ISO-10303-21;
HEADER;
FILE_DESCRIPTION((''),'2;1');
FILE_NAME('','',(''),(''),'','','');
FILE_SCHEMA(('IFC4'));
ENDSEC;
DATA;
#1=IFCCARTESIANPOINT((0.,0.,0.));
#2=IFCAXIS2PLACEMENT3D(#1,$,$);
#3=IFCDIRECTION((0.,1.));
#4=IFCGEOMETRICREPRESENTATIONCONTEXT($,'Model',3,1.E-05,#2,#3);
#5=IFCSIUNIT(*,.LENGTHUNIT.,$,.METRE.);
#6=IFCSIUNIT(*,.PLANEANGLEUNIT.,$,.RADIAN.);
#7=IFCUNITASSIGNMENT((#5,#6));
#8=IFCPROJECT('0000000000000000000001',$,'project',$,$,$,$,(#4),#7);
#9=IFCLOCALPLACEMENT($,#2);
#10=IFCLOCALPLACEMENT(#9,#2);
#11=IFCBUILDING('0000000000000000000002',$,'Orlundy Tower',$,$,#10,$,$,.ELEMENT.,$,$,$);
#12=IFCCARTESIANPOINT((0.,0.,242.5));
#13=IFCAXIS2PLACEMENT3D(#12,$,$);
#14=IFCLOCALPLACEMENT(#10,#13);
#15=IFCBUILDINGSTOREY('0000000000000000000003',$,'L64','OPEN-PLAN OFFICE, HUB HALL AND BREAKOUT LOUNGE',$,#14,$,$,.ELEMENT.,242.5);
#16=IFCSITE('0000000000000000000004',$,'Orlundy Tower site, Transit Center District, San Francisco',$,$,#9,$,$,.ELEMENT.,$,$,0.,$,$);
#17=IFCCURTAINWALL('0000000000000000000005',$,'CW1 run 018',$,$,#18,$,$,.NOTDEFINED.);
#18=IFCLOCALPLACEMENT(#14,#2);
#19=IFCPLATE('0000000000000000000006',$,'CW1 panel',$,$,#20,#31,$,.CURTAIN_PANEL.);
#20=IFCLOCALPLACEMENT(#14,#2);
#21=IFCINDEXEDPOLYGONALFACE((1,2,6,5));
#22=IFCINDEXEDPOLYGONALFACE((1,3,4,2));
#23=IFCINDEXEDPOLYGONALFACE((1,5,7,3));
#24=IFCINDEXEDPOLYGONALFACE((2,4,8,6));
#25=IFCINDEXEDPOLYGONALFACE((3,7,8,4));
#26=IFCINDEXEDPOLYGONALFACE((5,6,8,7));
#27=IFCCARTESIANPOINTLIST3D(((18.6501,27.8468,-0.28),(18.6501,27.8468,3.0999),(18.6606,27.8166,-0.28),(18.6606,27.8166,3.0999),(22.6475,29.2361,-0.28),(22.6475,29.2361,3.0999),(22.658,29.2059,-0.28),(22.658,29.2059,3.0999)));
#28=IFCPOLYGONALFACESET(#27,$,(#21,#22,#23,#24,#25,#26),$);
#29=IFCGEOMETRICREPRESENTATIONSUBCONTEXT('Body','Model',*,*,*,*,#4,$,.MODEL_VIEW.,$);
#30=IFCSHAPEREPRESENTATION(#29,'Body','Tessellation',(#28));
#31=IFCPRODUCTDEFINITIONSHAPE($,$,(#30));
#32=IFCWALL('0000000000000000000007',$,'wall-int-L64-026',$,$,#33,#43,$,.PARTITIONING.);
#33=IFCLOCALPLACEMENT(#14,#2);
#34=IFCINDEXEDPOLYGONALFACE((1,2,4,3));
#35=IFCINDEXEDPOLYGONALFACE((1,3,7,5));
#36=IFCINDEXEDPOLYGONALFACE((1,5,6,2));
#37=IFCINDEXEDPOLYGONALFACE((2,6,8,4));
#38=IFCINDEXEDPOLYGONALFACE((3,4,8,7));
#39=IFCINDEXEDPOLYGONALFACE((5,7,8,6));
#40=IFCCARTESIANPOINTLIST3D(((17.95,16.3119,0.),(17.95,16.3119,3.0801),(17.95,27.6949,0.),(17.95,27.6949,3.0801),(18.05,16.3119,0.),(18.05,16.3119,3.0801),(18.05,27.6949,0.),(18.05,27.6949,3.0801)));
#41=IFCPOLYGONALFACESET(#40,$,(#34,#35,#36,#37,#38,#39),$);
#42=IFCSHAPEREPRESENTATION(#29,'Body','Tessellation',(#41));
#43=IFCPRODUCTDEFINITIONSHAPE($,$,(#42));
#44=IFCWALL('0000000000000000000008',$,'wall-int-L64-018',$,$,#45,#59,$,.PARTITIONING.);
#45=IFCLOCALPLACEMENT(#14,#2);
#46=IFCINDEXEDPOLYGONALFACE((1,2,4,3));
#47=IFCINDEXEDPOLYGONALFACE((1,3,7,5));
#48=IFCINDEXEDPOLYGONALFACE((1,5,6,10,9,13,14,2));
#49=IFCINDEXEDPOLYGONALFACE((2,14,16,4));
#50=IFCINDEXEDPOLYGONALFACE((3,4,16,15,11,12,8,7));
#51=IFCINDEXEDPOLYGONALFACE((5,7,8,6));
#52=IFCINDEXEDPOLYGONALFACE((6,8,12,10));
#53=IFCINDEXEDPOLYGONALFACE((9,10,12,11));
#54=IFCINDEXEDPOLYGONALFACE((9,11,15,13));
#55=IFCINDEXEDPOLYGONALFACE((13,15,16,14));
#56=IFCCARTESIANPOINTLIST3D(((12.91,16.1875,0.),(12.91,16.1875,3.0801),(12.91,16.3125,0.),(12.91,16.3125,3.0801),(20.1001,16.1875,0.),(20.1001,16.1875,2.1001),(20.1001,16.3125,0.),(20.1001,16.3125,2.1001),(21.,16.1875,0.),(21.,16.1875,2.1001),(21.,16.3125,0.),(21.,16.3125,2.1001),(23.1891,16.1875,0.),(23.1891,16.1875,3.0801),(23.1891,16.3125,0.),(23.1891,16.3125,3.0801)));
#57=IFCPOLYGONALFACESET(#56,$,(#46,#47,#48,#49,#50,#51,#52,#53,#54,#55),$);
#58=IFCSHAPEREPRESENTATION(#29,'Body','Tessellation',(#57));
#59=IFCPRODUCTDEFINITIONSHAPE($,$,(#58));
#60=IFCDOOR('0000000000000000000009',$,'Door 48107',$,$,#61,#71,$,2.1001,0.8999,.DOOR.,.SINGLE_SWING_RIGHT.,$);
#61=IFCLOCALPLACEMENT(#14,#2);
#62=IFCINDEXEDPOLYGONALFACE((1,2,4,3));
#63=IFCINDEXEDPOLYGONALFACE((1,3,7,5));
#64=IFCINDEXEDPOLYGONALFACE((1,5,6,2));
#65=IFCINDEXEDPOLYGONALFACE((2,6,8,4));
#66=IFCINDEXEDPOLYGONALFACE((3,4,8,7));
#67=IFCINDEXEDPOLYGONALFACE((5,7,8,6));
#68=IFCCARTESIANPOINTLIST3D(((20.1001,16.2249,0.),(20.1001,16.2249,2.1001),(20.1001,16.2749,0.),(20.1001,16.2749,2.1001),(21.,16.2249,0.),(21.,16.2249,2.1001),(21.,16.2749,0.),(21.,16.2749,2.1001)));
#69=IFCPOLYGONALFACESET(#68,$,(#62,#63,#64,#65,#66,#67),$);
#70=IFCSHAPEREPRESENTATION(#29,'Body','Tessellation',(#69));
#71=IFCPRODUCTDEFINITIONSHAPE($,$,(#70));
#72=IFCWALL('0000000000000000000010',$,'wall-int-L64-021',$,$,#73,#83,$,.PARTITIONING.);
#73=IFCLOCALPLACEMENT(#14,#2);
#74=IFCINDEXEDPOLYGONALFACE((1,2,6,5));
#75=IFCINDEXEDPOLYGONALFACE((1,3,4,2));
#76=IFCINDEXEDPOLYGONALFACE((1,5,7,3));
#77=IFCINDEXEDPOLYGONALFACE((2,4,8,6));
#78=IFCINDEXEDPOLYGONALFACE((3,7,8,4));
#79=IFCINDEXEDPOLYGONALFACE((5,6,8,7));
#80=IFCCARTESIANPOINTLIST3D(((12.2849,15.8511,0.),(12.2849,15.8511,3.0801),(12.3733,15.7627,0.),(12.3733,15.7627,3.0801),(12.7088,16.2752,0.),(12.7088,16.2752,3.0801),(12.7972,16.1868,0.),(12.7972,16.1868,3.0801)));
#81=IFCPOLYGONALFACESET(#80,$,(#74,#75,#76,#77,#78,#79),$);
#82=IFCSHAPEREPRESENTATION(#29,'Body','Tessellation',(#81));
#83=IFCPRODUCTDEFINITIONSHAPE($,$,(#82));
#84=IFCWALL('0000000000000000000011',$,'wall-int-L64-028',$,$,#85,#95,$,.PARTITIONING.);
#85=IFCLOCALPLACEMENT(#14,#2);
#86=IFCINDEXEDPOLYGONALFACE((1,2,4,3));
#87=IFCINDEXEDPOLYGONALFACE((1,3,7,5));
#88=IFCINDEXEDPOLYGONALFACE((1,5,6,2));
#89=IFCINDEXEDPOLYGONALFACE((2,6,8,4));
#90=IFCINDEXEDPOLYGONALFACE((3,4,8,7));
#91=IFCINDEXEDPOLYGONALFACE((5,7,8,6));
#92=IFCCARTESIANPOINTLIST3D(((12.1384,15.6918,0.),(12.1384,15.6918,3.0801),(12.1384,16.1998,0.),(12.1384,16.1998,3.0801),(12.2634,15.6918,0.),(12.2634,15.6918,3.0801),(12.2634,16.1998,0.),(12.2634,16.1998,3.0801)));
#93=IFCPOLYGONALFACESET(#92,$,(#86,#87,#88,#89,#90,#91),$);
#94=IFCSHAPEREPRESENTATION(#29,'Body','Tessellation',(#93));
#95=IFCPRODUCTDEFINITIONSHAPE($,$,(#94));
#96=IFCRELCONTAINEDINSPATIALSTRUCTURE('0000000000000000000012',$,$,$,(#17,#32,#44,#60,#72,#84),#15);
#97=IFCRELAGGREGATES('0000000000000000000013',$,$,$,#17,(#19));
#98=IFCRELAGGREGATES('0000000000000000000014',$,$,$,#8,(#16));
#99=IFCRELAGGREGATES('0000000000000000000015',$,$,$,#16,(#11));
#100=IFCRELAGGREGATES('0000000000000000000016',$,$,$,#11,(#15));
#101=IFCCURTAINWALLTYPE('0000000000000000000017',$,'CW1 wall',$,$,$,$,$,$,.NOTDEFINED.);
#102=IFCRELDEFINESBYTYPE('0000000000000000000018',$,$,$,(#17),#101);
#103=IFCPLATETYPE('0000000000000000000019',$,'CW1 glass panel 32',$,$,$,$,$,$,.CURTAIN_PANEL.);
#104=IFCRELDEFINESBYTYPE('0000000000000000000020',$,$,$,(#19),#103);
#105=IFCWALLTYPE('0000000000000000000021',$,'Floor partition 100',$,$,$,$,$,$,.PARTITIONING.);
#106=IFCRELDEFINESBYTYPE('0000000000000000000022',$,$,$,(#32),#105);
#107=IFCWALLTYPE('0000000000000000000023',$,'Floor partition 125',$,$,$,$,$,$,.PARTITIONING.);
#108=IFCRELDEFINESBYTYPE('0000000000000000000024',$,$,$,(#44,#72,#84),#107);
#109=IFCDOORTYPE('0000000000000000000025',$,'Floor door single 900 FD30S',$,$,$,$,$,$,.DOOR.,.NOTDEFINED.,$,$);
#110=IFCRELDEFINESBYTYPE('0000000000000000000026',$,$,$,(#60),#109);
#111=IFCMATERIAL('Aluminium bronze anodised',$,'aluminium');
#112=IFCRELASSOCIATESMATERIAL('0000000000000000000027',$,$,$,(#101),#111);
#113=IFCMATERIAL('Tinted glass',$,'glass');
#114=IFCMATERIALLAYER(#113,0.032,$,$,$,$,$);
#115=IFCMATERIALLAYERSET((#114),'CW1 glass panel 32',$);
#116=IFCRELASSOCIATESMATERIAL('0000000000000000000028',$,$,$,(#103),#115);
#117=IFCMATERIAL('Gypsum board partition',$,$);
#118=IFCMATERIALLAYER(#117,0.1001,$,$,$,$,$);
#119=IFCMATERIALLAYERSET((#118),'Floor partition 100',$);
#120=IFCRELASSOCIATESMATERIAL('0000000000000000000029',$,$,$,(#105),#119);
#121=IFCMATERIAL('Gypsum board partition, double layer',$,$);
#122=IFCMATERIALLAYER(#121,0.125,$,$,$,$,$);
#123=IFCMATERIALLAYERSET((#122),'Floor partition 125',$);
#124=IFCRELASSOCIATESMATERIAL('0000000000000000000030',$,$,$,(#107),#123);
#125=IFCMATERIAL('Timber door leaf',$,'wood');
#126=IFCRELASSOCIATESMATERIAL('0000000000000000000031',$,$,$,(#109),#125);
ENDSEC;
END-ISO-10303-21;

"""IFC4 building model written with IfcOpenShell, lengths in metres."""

from ifc_helpers import new_model, si_unit, direction, frame, frame_2d, origin, origin_2d, place, context, subcontext, project, spatial, rectangle, extrude, material, layer, layer_set, type_object, element, fill, aggregate, save


model = new_model("IFC4")

# Units and contexts
model_context = context("Model", 3, precision=1e-05, world=origin(), true_north=direction((0.0, 1.0)))
body_context = subcontext(model_context, "Body", "Model", "MODEL_VIEW")
ifc_project = project(units=[si_unit("LENGTHUNIT", "METRE"), si_unit("PLANEANGLEUNIT", "RADIAN")], contexts=[model_context])

# Site, building, storey
site_placement = place(None, origin())
site = spatial("IfcSite", under=ifc_project, at=site_placement, Name="Orlundy Tower site, Transit Center District, San Francisco", CompositionType="ELEMENT", RefElevation=0.0)
building_placement = place(site_placement, origin())
building = spatial("IfcBuilding", under=site, at=building_placement, Name="Orlundy Tower", CompositionType="ELEMENT")
storey_placement = place(building_placement, frame((0.0, 0.0, 242.5)))
storey = spatial("IfcBuildingStorey", under=building, at=storey_placement, Name="L64", Description="OPEN-PLAN OFFICE, HUB HALL AND BREAKOUT LOUNGE", CompositionType="ELEMENT", Elevation=242.5)

# Curtain wall
ifc_material_1 = material(Name="Aluminium bronze anodised", Category="aluminium")
curtain_wall_type = type_object("IfcCurtainWallType", Name="CW1 wall", PredefinedType="NOTDEFINED", material=ifc_material_1)
curtain_wall_1_placement = place(storey_placement, origin())
curtain_wall_1 = element("IfcCurtainWall", 1, at=curtain_wall_1_placement, inside=storey, type_object=curtain_wall_type, Name="CW1 run 018", PredefinedType="NOTDEFINED")

# Plate
ifc_material_2 = material(Name="Tinted glass", Category="glass")
ifc_layer_1 = layer(ifc_material_2, 0.032)
ifc_layer_set_1 = layer_set([ifc_layer_1], Name="CW1 glass panel 32")
plate_type = type_object("IfcPlateType", Name="CW1 glass panel 32", PredefinedType="CURTAIN_PANEL", material=ifc_layer_set_1)
plate_1_placement = place(storey_placement, frame((20.6541, 28.5264, -0.28), z_axis=(0.0, 0.0, 1.0), x_axis=(0.944574, 0.328298, 0.0)))
plate_1 = element("IfcPlate", 2, at=plate_1_placement, type_object=plate_type, Name="CW1 panel", PredefinedType="CURTAIN_PANEL", context=body_context, shape_type="SweptSolid", body=[
    extrude(rectangle(XDim=4.2319, YDim=0.032, at=origin_2d()), origin(), (0.0, 0.0, 1.0), 3.3799),
])
aggregate(curtain_wall_1, [plate_1])

# Wall
ifc_material_3 = material(Name="Gypsum board partition")
ifc_layer_2 = layer(ifc_material_3, 0.1001)
ifc_layer_set_2 = layer_set([ifc_layer_2], Name="Floor partition 100")
wall_type_1 = type_object("IfcWallType", Name="Floor partition 100", PredefinedType="PARTITIONING", material=ifc_layer_set_2)
wall_1_placement = place(storey_placement, frame((18.0, 16.312, 0.0), z_axis=(0.0, 0.0, 1.0), x_axis=(0.0, 1.0, 0.0)))
element("IfcWall", 3, at=wall_1_placement, inside=storey, type_object=wall_type_1, Name="wall-int-L64-026", PredefinedType="PARTITIONING", context=body_context, shape_type="SweptSolid", body=[
    extrude(rectangle(XDim=11.3831, YDim=0.1001, at=frame_2d((5.6914, 0.0))), origin(), (0.0, 0.0, 1.0), 3.0801),
])

# Wall, opening, door
ifc_material_4 = material(Name="Gypsum board partition, double layer")
ifc_layer_3 = layer(ifc_material_4, 0.125)
ifc_layer_set_3 = layer_set([ifc_layer_3], Name="Floor partition 125")
wall_type_2 = type_object("IfcWallType", Name="Floor partition 125", PredefinedType="PARTITIONING", material=ifc_layer_set_3)
wall_2_placement = place(storey_placement, frame((12.9099, 16.25, 0.0), z_axis=(0.0, 0.0, 1.0), x_axis=(1.0, 0.0, 0.0)))
wall_2 = element("IfcWall", 4, at=wall_2_placement, inside=storey, type_object=wall_type_2, Name="wall-int-L64-018", PredefinedType="PARTITIONING", context=body_context, shape_type="SweptSolid", body=[
    extrude(rectangle(XDim=10.2791, YDim=0.125, at=frame_2d((5.1396, 0.0))), origin(), (0.0, 0.0, 1.0), 3.0801),
])
opening_placement = place(wall_2_placement, frame((7.1902, 0.0, 0.0)))
opening = element("IfcOpeningElement", 5, at=opening_placement, cuts=wall_2, PredefinedType="OPENING", context=body_context, shape_type="SweptSolid", body=[
    extrude(rectangle(XDim=0.8999, YDim=2.1001, at=frame_2d((0.45, 1.05))), frame((0.0, 0.0725, 0.0), z_axis=(0.0, -1.0, 0.0), x_axis=(1.0, 0.0, 0.0)), (0.0, 0.0, 1.0), 0.145),
])
ifc_material_5 = material(Name="Timber door leaf", Category="wood")
door_type = type_object("IfcDoorType", Name="Floor door single 900 FD30S", OperationType="NOTDEFINED", PredefinedType="DOOR", material=ifc_material_5)
door_placement = place(opening_placement, origin())
door = element("IfcDoor", 6, at=door_placement, inside=storey, type_object=door_type, Name="Door 48107", OperationType="SINGLE_SWING_RIGHT", OverallHeight=2.1001, OverallWidth=0.8999, PredefinedType="DOOR", context=body_context, shape_type="SweptSolid", body=[
    extrude(rectangle(XDim=0.8999, YDim=2.1001, at=frame_2d((0.45, 1.05))), frame((0.0, 0.0249, 0.0), z_axis=(0.0, -1.0, 0.0), x_axis=(1.0, 0.0, 0.0)), (0.0, 0.0, 1.0), 0.05),
])
fill(opening, door)

# Walls
wall_3_placement = place(storey_placement, frame((12.3291, 15.8069, 0.0), z_axis=(0.0, 0.0, 1.0), x_axis=(0.706903, 0.70731, 0.0)))
element("IfcWall", 7, at=wall_3_placement, inside=storey, type_object=wall_type_2, Name="wall-int-L64-021", PredefinedType="PARTITIONING", context=body_context, shape_type="SweptSolid", body=[
    extrude(rectangle(XDim=0.5996, YDim=0.125, at=frame_2d((0.2998, 0.0))), origin(), (0.0, 0.0, 1.0), 3.0801),
])
wall_4_placement = place(storey_placement, frame((12.2009, 15.6919, 0.0), z_axis=(0.0, 0.0, 1.0), x_axis=(0.0, 1.0, 0.0)))
element("IfcWall", 8, at=wall_4_placement, inside=storey, type_object=wall_type_2, Name="wall-int-L64-028", PredefinedType="PARTITIONING", context=body_context, shape_type="SweptSolid", body=[
    extrude(rectangle(XDim=0.5081, YDim=0.125, at=frame_2d((0.2539, 0.0))), origin(), (0.0, 0.0, 1.0), 3.0801),
])

save(model, "model.ifc")
